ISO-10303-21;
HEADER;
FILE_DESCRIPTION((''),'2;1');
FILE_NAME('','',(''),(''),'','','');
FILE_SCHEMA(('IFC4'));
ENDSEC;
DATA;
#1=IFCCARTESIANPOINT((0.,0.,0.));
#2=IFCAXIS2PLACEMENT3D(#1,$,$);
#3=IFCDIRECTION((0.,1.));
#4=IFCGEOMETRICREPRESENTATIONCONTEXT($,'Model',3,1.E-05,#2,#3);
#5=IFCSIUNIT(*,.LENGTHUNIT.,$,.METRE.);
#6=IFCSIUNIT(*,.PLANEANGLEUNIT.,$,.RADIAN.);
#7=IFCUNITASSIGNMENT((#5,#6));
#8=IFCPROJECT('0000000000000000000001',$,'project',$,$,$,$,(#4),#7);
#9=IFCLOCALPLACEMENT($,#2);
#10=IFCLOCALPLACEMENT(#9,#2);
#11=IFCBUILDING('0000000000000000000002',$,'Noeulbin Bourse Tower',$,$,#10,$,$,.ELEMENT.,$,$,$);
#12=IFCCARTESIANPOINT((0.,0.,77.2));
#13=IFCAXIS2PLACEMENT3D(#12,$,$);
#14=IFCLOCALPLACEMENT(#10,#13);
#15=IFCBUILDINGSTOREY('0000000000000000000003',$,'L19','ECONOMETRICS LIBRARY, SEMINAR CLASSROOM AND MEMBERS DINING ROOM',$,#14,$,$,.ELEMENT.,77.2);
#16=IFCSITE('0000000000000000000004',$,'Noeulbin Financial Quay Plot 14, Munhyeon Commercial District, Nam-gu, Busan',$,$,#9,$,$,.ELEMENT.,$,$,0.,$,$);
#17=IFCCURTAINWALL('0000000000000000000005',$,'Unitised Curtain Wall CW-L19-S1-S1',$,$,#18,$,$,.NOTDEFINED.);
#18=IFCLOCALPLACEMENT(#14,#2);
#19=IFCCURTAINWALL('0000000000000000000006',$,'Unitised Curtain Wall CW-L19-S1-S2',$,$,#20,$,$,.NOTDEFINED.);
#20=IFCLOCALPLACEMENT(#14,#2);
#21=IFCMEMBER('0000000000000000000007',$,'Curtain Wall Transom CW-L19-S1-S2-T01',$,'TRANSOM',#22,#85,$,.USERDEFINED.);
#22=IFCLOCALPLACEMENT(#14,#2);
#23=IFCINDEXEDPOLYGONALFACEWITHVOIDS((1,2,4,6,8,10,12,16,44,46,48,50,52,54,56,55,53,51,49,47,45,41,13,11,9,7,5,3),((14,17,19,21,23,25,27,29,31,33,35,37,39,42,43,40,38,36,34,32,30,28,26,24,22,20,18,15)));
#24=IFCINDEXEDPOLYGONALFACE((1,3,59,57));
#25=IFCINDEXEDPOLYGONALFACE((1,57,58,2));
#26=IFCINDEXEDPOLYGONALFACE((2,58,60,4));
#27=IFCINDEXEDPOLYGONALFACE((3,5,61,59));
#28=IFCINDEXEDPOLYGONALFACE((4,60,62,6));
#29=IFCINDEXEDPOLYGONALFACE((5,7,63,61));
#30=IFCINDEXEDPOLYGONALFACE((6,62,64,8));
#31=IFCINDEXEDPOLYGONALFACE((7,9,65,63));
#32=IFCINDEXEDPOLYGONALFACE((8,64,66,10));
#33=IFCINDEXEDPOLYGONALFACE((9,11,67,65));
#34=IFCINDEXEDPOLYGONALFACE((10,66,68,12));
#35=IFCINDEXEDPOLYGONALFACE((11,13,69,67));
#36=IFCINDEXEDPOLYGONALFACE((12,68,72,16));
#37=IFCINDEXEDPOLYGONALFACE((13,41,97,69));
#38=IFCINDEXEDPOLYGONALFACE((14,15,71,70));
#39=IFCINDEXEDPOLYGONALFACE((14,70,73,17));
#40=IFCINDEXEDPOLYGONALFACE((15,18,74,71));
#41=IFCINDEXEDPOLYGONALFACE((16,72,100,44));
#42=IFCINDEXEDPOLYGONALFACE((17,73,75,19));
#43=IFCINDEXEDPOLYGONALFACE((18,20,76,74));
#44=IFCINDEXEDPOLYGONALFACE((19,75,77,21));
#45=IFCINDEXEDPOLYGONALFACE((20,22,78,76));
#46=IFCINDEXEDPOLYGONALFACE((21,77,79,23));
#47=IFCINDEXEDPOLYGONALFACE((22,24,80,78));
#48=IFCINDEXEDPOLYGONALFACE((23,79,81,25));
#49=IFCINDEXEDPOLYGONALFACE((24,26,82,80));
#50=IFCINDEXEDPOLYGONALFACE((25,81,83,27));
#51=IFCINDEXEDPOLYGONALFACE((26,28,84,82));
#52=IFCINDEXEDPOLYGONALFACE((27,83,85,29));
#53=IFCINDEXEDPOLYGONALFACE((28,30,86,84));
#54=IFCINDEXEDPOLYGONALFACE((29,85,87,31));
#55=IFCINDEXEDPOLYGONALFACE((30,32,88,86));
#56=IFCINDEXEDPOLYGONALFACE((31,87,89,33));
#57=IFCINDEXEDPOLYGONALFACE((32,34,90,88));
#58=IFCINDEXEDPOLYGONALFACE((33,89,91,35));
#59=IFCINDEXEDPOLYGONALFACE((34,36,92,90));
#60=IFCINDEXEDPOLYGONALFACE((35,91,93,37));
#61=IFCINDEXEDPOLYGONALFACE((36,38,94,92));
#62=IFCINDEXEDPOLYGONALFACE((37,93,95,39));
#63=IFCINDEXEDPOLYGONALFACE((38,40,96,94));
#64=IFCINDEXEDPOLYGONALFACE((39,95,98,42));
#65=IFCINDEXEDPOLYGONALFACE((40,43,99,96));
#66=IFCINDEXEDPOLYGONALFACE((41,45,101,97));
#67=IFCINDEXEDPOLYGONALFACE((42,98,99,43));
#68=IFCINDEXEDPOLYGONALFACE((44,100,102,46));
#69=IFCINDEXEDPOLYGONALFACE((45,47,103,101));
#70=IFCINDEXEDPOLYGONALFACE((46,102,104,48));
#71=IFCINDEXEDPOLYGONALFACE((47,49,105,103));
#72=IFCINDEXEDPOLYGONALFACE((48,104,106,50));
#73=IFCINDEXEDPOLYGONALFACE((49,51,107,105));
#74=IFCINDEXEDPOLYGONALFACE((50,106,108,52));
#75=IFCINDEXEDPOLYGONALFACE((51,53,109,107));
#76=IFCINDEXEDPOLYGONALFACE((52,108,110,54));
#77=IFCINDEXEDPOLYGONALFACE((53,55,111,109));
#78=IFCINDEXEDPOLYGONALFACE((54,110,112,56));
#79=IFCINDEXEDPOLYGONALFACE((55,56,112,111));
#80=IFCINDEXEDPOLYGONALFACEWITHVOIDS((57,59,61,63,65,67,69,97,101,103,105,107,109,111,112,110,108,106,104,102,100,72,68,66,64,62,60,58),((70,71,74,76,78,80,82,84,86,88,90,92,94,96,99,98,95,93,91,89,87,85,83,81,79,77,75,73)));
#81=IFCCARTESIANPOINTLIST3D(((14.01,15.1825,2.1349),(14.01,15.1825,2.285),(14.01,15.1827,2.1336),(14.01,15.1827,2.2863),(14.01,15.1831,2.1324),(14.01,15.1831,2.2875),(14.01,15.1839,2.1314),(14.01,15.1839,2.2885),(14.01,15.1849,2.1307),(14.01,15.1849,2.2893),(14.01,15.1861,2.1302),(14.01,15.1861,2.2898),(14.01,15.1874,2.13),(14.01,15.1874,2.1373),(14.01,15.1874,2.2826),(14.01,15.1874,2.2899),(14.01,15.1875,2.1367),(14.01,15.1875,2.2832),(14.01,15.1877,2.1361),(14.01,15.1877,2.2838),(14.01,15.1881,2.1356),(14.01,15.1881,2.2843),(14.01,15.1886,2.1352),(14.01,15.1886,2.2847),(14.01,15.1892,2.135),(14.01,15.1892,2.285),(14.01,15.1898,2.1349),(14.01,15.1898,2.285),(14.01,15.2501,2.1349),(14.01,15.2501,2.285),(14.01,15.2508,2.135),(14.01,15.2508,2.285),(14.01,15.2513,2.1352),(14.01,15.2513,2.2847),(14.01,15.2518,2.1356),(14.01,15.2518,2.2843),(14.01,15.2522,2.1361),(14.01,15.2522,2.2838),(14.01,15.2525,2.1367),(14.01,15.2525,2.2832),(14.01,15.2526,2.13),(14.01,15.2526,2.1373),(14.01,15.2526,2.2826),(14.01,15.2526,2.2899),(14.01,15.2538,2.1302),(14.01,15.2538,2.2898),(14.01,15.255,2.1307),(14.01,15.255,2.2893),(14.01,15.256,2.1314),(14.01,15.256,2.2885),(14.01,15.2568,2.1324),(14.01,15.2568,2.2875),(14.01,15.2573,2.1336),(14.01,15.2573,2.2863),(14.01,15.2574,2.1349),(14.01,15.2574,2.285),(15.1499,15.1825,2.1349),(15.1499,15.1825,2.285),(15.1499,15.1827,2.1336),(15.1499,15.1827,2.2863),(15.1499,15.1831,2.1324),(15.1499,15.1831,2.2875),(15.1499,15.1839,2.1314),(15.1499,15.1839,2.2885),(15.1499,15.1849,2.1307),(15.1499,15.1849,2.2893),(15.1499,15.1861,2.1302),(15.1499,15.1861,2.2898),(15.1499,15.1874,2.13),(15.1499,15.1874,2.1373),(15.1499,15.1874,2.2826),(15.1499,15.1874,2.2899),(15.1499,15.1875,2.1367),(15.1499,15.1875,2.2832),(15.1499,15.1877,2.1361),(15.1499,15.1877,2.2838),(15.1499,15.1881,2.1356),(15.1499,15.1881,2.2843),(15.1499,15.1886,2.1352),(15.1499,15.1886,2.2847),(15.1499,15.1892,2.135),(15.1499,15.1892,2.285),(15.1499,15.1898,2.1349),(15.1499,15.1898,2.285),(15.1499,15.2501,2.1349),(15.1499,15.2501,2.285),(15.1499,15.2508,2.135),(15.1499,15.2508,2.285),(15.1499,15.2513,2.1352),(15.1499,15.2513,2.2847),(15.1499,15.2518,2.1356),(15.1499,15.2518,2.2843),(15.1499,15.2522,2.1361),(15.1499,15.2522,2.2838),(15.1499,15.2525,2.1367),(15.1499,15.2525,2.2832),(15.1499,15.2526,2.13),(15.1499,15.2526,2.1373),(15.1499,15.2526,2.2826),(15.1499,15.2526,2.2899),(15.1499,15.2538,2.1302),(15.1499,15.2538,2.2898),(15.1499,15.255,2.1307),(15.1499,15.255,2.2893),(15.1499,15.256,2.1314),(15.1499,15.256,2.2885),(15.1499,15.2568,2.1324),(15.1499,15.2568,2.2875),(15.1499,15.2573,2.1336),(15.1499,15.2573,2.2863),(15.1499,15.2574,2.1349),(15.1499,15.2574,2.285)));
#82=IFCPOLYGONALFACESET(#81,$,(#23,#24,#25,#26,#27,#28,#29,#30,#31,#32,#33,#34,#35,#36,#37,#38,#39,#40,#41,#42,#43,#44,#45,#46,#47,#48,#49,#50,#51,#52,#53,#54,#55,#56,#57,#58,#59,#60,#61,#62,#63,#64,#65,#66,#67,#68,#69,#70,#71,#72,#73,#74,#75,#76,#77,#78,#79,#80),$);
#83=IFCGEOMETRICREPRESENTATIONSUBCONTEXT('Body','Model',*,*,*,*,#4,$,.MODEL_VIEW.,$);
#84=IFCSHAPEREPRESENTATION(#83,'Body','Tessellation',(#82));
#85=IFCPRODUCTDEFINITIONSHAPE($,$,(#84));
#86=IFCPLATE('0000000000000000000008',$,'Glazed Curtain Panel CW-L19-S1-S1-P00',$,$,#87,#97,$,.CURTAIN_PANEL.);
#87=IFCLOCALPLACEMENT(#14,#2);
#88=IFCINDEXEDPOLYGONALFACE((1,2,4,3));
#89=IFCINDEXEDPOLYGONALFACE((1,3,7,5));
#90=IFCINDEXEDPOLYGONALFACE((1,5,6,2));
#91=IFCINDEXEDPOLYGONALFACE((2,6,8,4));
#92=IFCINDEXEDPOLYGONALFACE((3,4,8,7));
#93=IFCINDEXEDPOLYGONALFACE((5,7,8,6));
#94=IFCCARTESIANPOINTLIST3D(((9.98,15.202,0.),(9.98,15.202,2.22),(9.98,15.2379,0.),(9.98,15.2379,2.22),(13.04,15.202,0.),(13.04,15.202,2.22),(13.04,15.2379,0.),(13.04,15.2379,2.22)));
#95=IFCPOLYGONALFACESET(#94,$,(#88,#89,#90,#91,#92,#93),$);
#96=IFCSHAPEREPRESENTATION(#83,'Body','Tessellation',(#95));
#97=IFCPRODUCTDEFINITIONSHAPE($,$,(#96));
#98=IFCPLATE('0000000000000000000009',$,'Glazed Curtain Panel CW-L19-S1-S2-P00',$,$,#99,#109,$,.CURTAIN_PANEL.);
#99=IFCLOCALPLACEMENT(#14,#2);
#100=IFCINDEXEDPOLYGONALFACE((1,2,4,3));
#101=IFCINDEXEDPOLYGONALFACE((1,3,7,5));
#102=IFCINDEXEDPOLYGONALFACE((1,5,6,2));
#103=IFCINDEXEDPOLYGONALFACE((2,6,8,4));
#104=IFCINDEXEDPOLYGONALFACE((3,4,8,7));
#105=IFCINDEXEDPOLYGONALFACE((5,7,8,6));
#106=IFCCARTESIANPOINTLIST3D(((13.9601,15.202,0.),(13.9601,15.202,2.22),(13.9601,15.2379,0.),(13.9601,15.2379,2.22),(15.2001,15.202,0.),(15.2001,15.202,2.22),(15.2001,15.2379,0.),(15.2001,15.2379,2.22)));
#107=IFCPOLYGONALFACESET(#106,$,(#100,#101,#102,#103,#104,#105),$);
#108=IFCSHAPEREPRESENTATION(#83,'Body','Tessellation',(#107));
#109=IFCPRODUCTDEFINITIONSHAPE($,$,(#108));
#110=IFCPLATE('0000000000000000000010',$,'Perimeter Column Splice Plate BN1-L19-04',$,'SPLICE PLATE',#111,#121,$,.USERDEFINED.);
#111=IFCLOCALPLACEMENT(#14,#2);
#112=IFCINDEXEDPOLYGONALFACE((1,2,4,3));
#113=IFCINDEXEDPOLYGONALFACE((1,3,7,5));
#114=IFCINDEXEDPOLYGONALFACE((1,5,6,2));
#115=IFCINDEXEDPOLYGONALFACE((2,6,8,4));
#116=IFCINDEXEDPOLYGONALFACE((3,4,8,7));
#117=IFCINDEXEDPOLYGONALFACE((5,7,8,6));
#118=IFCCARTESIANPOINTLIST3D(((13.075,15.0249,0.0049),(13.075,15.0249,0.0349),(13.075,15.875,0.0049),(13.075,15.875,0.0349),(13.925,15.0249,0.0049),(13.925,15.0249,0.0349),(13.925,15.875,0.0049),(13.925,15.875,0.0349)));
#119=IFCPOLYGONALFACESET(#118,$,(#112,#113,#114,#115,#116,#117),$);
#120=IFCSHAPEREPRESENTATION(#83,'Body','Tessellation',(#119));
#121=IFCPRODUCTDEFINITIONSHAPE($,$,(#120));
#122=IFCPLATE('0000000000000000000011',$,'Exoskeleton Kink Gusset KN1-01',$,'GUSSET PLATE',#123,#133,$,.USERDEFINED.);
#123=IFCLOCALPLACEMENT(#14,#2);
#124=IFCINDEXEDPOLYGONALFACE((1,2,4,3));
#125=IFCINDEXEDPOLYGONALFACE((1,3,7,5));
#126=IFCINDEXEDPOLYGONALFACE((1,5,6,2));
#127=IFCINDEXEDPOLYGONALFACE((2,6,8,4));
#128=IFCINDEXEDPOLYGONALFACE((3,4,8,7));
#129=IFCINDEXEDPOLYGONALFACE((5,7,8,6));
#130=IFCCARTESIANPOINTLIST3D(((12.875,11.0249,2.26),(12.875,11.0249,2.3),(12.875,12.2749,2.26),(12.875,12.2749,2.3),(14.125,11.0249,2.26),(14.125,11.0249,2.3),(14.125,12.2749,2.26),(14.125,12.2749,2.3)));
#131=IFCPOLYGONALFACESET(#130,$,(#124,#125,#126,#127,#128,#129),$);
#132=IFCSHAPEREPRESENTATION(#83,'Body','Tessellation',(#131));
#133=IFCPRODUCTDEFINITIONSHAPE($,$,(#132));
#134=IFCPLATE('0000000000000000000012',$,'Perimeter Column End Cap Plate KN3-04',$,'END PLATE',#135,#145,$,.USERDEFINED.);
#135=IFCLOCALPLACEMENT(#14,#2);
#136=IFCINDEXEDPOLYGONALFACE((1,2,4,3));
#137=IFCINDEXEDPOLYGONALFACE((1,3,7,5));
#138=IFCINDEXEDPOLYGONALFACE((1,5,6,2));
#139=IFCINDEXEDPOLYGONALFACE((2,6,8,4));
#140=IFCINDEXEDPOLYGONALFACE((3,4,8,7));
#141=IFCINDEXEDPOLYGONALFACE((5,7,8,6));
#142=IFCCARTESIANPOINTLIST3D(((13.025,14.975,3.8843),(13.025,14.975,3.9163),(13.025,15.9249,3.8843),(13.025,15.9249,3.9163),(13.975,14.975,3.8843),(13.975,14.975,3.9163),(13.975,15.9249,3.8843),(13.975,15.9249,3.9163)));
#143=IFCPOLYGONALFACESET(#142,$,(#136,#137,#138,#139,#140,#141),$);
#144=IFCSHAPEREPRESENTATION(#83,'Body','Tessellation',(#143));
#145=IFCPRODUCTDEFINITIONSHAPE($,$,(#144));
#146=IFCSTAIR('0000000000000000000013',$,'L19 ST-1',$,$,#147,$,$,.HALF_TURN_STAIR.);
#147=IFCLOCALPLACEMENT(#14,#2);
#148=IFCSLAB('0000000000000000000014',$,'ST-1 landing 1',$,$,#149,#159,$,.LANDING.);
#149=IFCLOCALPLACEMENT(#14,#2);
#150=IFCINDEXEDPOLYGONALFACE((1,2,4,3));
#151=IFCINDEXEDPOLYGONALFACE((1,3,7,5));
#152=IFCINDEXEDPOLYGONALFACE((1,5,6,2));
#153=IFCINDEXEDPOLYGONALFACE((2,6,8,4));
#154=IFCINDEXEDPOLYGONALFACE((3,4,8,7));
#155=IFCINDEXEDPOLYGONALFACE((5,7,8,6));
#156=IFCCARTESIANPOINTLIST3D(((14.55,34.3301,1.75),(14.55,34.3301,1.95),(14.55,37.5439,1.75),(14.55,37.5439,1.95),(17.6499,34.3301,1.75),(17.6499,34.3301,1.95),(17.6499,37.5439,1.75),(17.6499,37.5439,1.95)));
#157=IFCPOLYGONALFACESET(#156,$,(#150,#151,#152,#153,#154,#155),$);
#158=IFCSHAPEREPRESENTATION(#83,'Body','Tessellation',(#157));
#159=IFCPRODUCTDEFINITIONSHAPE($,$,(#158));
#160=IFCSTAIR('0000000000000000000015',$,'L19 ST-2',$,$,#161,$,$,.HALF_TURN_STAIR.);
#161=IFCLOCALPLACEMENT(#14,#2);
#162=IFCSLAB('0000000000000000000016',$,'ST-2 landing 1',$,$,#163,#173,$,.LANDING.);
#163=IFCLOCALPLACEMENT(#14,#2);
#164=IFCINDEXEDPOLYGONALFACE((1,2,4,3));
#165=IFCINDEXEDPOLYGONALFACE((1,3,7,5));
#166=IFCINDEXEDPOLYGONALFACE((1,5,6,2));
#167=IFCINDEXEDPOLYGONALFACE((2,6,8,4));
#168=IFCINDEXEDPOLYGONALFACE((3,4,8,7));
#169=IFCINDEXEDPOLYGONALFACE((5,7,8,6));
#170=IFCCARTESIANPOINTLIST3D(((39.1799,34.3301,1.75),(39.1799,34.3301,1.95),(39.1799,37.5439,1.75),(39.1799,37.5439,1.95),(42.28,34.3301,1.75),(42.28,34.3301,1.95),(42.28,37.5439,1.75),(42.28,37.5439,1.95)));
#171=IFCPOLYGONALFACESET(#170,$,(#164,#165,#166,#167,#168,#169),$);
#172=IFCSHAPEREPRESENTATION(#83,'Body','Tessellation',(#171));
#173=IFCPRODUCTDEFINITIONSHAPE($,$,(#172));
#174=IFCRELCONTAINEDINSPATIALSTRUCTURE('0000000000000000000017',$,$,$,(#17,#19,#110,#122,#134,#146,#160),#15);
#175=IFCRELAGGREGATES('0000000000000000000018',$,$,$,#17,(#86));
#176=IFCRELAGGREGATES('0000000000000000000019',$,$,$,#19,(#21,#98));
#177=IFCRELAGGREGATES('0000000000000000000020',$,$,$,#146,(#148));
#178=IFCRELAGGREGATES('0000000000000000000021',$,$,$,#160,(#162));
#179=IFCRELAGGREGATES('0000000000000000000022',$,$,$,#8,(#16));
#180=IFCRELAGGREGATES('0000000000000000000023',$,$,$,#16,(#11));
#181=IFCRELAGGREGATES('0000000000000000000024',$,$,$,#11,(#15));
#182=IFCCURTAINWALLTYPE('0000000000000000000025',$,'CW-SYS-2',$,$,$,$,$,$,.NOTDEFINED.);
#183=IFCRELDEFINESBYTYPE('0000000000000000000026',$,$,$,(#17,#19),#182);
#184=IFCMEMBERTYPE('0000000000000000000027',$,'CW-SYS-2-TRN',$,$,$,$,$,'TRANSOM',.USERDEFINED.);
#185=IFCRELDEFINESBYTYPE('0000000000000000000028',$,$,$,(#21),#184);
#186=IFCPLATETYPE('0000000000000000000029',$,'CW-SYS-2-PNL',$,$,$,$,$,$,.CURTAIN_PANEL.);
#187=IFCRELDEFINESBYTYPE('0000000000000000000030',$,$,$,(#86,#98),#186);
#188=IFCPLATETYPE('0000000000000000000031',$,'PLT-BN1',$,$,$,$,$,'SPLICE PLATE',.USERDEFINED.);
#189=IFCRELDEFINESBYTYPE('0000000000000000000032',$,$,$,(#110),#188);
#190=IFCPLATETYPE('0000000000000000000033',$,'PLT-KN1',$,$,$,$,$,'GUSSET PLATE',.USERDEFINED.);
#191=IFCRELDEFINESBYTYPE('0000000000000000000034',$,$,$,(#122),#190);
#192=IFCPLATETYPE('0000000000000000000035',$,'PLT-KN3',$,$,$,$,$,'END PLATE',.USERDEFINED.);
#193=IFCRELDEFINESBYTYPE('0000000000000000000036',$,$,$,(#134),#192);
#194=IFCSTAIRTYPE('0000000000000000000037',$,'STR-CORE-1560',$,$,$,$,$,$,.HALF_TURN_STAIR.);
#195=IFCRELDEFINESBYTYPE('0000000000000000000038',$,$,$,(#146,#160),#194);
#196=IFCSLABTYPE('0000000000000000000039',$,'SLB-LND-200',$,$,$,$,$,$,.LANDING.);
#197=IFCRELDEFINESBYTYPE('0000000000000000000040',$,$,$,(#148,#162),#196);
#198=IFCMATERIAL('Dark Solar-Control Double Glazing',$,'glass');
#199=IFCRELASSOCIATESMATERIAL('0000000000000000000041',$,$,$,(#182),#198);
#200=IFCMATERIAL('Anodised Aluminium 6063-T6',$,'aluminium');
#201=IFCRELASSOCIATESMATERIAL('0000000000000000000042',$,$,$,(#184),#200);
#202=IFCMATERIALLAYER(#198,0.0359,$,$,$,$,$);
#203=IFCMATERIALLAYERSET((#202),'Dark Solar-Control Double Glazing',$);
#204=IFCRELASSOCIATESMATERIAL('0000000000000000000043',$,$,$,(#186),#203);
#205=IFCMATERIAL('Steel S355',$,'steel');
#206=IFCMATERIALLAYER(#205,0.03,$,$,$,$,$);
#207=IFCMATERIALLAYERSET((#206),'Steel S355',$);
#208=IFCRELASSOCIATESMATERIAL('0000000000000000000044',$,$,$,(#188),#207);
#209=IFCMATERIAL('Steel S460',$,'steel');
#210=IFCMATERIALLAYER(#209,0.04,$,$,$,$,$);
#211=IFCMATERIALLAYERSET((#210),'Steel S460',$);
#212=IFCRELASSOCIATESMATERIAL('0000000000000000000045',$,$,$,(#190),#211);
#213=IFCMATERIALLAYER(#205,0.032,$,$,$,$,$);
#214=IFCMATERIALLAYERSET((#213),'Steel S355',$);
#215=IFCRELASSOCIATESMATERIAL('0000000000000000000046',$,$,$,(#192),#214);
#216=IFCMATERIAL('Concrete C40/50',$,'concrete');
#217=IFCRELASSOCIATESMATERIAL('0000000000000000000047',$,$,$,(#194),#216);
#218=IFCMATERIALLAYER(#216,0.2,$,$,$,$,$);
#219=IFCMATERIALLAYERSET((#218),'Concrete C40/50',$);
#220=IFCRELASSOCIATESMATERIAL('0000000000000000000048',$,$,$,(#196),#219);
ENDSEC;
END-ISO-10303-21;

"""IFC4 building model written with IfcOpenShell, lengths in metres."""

from ifc_helpers import new_model, si_unit, direction, frame, origin, origin_2d, place, context, subcontext, project, spatial, polyline, rectangle, hollow_rectangle, outline, extrude, material, layer, layer_set, material_profile, profile_set, type_object, element, aggregate, save


model = new_model("IFC4")

# Units and contexts
model_context = context("Model", 3, precision=1e-05, world=origin(), true_north=direction((0.0, 1.0)))
body_context = subcontext(model_context, "Body", "Model", "MODEL_VIEW")
ifc_project = project(units=[si_unit("LENGTHUNIT", "METRE"), si_unit("PLANEANGLEUNIT", "RADIAN")], contexts=[model_context])

# Site, building, storey
site_placement = place(None, origin())
site = spatial("IfcSite", under=ifc_project, at=site_placement, Name="Noeulbin Financial Quay Plot 14, Munhyeon Commercial District, Nam-gu, Busan", CompositionType="ELEMENT", RefElevation=0.0)
building_placement = place(site_placement, origin())
building = spatial("IfcBuilding", under=site, at=building_placement, Name="Noeulbin Bourse Tower", CompositionType="ELEMENT")
storey_placement = place(building_placement, frame((0.0, 0.0, 77.2)))
storey = spatial("IfcBuildingStorey", under=building, at=storey_placement, Name="L19", Description="ECONOMETRICS LIBRARY, SEMINAR CLASSROOM AND MEMBERS DINING ROOM", CompositionType="ELEMENT", Elevation=77.2)

# Shared definitions
ifc_material_1 = material(Name="Steel S355", Category="steel")
ifc_material_2 = material(Name="Steel S460", Category="steel")

# Curtain walls
ifc_material_3 = material(Name="Dark Solar-Control Double Glazing", Category="glass")
curtain_wall_type = type_object("IfcCurtainWallType", Name="CW-SYS-2", PredefinedType="NOTDEFINED", material=ifc_material_3)
curtain_wall_1_placement = place(storey_placement, origin())
curtain_wall_1 = element("IfcCurtainWall", 1, at=curtain_wall_1_placement, inside=storey, type_object=curtain_wall_type, Name="Unitised Curtain Wall CW-L19-S1-S1", PredefinedType="NOTDEFINED")
ifc_material_4 = material(Name="Anodised Aluminium 6063-T6", Category="aluminium")
curtain_wall_2_placement = place(storey_placement, origin())
curtain_wall_2 = element("IfcCurtainWall", 2, at=curtain_wall_2_placement, inside=storey, type_object=curtain_wall_type, Name="Unitised Curtain Wall CW-L19-S1-S2", PredefinedType="NOTDEFINED")

# Member
ifc_material_profile_1 = material_profile(ifc_material_4, hollow_rectangle(XDim=0.075, YDim=0.1599, WallThickness=0.0049, InnerFilletRadius=0.0024, OuterFilletRadius=0.0049, at=origin_2d()), Name="ALU-TRAN-75x160x5", Category="LoadBearing")
ifc_profile_set_1 = profile_set([ifc_material_profile_1], Name="Anodised Aluminium 6063-T6")
member_type_1 = type_object("IfcMemberType", Name="CW-SYS-2-TRN", ElementType="TRANSOM", PredefinedType="USERDEFINED", material=ifc_profile_set_1)
member_1_placement = place(storey_placement, frame((14.01, 15.22, 2.21), z_axis=(1.0, 0.0, 0.0), x_axis=(0.0, 1.0, 0.0)))
member_1 = element("IfcMember", 3, at=member_1_placement, type_object=member_type_1, Name="Curtain Wall Transom CW-L19-S1-S2-T01", ObjectType="TRANSOM", PredefinedType="USERDEFINED", context=body_context, shape_type="SweptSolid", body=[
    extrude(hollow_rectangle(XDim=0.075, YDim=0.1599, WallThickness=0.0049, InnerFilletRadius=0.0024, OuterFilletRadius=0.0049, at=origin_2d()), origin(), (0.0, 0.0, 1.0), 1.1399),
])

# Plates
ifc_layer_1 = layer(ifc_material_3, 0.0359)
ifc_layer_set_1 = layer_set([ifc_layer_1], Name="Dark Solar-Control Double Glazing")
plate_type_1 = type_object("IfcPlateType", Name="CW-SYS-2-PNL", PredefinedType="CURTAIN_PANEL", material=ifc_layer_set_1)
plate_1_placement = place(storey_placement, frame((11.51, 15.22, 0.0), z_axis=(0.0, 0.0, 1.0), x_axis=(1.0, 0.0, 0.0)))
plate_1 = element("IfcPlate", 4, at=plate_1_placement, type_object=plate_type_1, Name="Glazed Curtain Panel CW-L19-S1-S1-P00", PredefinedType="CURTAIN_PANEL", context=body_context, shape_type="SweptSolid", body=[
    extrude(rectangle(XDim=3.0601, YDim=0.0359, at=origin_2d()), origin(), (0.0, 0.0, 1.0), 2.22),
])
aggregate(curtain_wall_1, [plate_1])
plate_2_placement = place(storey_placement, frame((14.5801, 15.22, 0.0), z_axis=(0.0, 0.0, 1.0), x_axis=(1.0, 0.0, 0.0)))
plate_2 = element("IfcPlate", 5, at=plate_2_placement, type_object=plate_type_1, Name="Glazed Curtain Panel CW-L19-S1-S2-P00", PredefinedType="CURTAIN_PANEL", context=body_context, shape_type="SweptSolid", body=[
    extrude(rectangle(XDim=1.24, YDim=0.0359, at=origin_2d()), origin(), (0.0, 0.0, 1.0), 2.22),
])
aggregate(curtain_wall_2, [member_1, plate_2])

# Plates
ifc_layer_2 = layer(ifc_material_1, 0.03)
ifc_layer_set_2 = layer_set([ifc_layer_2], Name="Steel S355")
plate_type_2 = type_object("IfcPlateType", Name="PLT-BN1", ElementType="SPLICE PLATE", PredefinedType="USERDEFINED", material=ifc_layer_set_2)
plate_3_placement = place(storey_placement, frame((13.5, 15.45, 0.0049), z_axis=(0.0, 0.0, 1.0), x_axis=(1.0, 0.0, 0.0)))
element("IfcPlate", 6, at=plate_3_placement, inside=storey, type_object=plate_type_2, Name="Perimeter Column Splice Plate BN1-L19-04", ObjectType="SPLICE PLATE", PredefinedType="USERDEFINED", context=body_context, shape_type="SweptSolid", body=[
    extrude(rectangle(XDim=0.8501, YDim=0.8501, at=origin_2d()), origin(), (0.0, 0.0, 1.0), 0.03),
])
ifc_layer_3 = layer(ifc_material_2, 0.04)
ifc_layer_set_3 = layer_set([ifc_layer_3], Name="Steel S460")
plate_type_3 = type_object("IfcPlateType", Name="PLT-KN1", ElementType="GUSSET PLATE", PredefinedType="USERDEFINED", material=ifc_layer_set_3)
plate_4_placement = place(storey_placement, frame((13.5, 11.6499, 2.26), z_axis=(0.0, 0.0, 1.0), x_axis=(1.0, 0.0, 0.0)))
element("IfcPlate", 7, at=plate_4_placement, inside=storey, type_object=plate_type_3, Name="Exoskeleton Kink Gusset KN1-01", ObjectType="GUSSET PLATE", PredefinedType="USERDEFINED", context=body_context, shape_type="SweptSolid", body=[
    extrude(rectangle(XDim=1.25, YDim=1.25, at=origin_2d()), origin(), (0.0, 0.0, 1.0), 0.04),
])
ifc_layer_4 = layer(ifc_material_1, 0.032)
ifc_layer_set_4 = layer_set([ifc_layer_4], Name="Steel S355")
plate_type_4 = type_object("IfcPlateType", Name="PLT-KN3", ElementType="END PLATE", PredefinedType="USERDEFINED", material=ifc_layer_set_4)
plate_5_placement = place(storey_placement, frame((13.5, 15.45, 3.8843), z_axis=(0.0, 0.0, 1.0), x_axis=(1.0, 0.0, 0.0)))
element("IfcPlate", 8, at=plate_5_placement, inside=storey, type_object=plate_type_4, Name="Perimeter Column End Cap Plate KN3-04", ObjectType="END PLATE", PredefinedType="USERDEFINED", context=body_context, shape_type="SweptSolid", body=[
    extrude(rectangle(XDim=0.95, YDim=0.95, at=origin_2d()), origin(), (0.0, 0.0, 1.0), 0.032),
])

# Stairs, slabs
ifc_material_5 = material(Name="Concrete C40/50", Category="concrete")
stair_type = type_object("IfcStairType", Name="STR-CORE-1560", PredefinedType="HALF_TURN_STAIR", material=ifc_material_5)
stair_1_placement = place(storey_placement, origin())
stair_1 = element("IfcStair", 9, at=stair_1_placement, inside=storey, type_object=stair_type, Name="L19 ST-1", PredefinedType="HALF_TURN_STAIR")
ifc_layer_5 = layer(ifc_material_5, 0.2)
ifc_layer_set_5 = layer_set([ifc_layer_5], Name="Concrete C40/50")
slab_type_1 = type_object("IfcSlabType", Name="SLB-LND-200", PredefinedType="LANDING", material=ifc_layer_set_5)
slab_1_placement = place(storey_placement, frame((0.0, 0.0, 1.75)))
slab_1 = element("IfcSlab", 10, at=slab_1_placement, type_object=slab_type_1, Name="ST-1 landing 1", PredefinedType="LANDING", context=body_context, shape_type="SweptSolid", body=[
    extrude(outline(polyline([(17.6499, 34.3301), (17.6499, 37.5439), (14.55, 37.5439), (14.55, 34.3301), (17.6499, 34.3301)])), origin(), (0.0, 0.0, 1.0), 0.2),
])
aggregate(stair_1, [slab_1])
stair_2_placement = place(storey_placement, origin())
stair_2 = element("IfcStair", 11, at=stair_2_placement, inside=storey, type_object=stair_type, Name="L19 ST-2", PredefinedType="HALF_TURN_STAIR")
slab_2_placement = place(storey_placement, frame((0.0, 0.0, 1.75)))
slab_2 = element("IfcSlab", 12, at=slab_2_placement, type_object=slab_type_1, Name="ST-2 landing 1", PredefinedType="LANDING", context=body_context, shape_type="SweptSolid", body=[
    extrude(outline(polyline([(42.28, 34.3301), (42.28, 37.5439), (39.1799, 37.5439), (39.1799, 34.3301), (42.28, 34.3301)])), origin(), (0.0, 0.0, 1.0), 0.2),
])
aggregate(stair_2, [slab_2])

save(model, "model.ifc")
